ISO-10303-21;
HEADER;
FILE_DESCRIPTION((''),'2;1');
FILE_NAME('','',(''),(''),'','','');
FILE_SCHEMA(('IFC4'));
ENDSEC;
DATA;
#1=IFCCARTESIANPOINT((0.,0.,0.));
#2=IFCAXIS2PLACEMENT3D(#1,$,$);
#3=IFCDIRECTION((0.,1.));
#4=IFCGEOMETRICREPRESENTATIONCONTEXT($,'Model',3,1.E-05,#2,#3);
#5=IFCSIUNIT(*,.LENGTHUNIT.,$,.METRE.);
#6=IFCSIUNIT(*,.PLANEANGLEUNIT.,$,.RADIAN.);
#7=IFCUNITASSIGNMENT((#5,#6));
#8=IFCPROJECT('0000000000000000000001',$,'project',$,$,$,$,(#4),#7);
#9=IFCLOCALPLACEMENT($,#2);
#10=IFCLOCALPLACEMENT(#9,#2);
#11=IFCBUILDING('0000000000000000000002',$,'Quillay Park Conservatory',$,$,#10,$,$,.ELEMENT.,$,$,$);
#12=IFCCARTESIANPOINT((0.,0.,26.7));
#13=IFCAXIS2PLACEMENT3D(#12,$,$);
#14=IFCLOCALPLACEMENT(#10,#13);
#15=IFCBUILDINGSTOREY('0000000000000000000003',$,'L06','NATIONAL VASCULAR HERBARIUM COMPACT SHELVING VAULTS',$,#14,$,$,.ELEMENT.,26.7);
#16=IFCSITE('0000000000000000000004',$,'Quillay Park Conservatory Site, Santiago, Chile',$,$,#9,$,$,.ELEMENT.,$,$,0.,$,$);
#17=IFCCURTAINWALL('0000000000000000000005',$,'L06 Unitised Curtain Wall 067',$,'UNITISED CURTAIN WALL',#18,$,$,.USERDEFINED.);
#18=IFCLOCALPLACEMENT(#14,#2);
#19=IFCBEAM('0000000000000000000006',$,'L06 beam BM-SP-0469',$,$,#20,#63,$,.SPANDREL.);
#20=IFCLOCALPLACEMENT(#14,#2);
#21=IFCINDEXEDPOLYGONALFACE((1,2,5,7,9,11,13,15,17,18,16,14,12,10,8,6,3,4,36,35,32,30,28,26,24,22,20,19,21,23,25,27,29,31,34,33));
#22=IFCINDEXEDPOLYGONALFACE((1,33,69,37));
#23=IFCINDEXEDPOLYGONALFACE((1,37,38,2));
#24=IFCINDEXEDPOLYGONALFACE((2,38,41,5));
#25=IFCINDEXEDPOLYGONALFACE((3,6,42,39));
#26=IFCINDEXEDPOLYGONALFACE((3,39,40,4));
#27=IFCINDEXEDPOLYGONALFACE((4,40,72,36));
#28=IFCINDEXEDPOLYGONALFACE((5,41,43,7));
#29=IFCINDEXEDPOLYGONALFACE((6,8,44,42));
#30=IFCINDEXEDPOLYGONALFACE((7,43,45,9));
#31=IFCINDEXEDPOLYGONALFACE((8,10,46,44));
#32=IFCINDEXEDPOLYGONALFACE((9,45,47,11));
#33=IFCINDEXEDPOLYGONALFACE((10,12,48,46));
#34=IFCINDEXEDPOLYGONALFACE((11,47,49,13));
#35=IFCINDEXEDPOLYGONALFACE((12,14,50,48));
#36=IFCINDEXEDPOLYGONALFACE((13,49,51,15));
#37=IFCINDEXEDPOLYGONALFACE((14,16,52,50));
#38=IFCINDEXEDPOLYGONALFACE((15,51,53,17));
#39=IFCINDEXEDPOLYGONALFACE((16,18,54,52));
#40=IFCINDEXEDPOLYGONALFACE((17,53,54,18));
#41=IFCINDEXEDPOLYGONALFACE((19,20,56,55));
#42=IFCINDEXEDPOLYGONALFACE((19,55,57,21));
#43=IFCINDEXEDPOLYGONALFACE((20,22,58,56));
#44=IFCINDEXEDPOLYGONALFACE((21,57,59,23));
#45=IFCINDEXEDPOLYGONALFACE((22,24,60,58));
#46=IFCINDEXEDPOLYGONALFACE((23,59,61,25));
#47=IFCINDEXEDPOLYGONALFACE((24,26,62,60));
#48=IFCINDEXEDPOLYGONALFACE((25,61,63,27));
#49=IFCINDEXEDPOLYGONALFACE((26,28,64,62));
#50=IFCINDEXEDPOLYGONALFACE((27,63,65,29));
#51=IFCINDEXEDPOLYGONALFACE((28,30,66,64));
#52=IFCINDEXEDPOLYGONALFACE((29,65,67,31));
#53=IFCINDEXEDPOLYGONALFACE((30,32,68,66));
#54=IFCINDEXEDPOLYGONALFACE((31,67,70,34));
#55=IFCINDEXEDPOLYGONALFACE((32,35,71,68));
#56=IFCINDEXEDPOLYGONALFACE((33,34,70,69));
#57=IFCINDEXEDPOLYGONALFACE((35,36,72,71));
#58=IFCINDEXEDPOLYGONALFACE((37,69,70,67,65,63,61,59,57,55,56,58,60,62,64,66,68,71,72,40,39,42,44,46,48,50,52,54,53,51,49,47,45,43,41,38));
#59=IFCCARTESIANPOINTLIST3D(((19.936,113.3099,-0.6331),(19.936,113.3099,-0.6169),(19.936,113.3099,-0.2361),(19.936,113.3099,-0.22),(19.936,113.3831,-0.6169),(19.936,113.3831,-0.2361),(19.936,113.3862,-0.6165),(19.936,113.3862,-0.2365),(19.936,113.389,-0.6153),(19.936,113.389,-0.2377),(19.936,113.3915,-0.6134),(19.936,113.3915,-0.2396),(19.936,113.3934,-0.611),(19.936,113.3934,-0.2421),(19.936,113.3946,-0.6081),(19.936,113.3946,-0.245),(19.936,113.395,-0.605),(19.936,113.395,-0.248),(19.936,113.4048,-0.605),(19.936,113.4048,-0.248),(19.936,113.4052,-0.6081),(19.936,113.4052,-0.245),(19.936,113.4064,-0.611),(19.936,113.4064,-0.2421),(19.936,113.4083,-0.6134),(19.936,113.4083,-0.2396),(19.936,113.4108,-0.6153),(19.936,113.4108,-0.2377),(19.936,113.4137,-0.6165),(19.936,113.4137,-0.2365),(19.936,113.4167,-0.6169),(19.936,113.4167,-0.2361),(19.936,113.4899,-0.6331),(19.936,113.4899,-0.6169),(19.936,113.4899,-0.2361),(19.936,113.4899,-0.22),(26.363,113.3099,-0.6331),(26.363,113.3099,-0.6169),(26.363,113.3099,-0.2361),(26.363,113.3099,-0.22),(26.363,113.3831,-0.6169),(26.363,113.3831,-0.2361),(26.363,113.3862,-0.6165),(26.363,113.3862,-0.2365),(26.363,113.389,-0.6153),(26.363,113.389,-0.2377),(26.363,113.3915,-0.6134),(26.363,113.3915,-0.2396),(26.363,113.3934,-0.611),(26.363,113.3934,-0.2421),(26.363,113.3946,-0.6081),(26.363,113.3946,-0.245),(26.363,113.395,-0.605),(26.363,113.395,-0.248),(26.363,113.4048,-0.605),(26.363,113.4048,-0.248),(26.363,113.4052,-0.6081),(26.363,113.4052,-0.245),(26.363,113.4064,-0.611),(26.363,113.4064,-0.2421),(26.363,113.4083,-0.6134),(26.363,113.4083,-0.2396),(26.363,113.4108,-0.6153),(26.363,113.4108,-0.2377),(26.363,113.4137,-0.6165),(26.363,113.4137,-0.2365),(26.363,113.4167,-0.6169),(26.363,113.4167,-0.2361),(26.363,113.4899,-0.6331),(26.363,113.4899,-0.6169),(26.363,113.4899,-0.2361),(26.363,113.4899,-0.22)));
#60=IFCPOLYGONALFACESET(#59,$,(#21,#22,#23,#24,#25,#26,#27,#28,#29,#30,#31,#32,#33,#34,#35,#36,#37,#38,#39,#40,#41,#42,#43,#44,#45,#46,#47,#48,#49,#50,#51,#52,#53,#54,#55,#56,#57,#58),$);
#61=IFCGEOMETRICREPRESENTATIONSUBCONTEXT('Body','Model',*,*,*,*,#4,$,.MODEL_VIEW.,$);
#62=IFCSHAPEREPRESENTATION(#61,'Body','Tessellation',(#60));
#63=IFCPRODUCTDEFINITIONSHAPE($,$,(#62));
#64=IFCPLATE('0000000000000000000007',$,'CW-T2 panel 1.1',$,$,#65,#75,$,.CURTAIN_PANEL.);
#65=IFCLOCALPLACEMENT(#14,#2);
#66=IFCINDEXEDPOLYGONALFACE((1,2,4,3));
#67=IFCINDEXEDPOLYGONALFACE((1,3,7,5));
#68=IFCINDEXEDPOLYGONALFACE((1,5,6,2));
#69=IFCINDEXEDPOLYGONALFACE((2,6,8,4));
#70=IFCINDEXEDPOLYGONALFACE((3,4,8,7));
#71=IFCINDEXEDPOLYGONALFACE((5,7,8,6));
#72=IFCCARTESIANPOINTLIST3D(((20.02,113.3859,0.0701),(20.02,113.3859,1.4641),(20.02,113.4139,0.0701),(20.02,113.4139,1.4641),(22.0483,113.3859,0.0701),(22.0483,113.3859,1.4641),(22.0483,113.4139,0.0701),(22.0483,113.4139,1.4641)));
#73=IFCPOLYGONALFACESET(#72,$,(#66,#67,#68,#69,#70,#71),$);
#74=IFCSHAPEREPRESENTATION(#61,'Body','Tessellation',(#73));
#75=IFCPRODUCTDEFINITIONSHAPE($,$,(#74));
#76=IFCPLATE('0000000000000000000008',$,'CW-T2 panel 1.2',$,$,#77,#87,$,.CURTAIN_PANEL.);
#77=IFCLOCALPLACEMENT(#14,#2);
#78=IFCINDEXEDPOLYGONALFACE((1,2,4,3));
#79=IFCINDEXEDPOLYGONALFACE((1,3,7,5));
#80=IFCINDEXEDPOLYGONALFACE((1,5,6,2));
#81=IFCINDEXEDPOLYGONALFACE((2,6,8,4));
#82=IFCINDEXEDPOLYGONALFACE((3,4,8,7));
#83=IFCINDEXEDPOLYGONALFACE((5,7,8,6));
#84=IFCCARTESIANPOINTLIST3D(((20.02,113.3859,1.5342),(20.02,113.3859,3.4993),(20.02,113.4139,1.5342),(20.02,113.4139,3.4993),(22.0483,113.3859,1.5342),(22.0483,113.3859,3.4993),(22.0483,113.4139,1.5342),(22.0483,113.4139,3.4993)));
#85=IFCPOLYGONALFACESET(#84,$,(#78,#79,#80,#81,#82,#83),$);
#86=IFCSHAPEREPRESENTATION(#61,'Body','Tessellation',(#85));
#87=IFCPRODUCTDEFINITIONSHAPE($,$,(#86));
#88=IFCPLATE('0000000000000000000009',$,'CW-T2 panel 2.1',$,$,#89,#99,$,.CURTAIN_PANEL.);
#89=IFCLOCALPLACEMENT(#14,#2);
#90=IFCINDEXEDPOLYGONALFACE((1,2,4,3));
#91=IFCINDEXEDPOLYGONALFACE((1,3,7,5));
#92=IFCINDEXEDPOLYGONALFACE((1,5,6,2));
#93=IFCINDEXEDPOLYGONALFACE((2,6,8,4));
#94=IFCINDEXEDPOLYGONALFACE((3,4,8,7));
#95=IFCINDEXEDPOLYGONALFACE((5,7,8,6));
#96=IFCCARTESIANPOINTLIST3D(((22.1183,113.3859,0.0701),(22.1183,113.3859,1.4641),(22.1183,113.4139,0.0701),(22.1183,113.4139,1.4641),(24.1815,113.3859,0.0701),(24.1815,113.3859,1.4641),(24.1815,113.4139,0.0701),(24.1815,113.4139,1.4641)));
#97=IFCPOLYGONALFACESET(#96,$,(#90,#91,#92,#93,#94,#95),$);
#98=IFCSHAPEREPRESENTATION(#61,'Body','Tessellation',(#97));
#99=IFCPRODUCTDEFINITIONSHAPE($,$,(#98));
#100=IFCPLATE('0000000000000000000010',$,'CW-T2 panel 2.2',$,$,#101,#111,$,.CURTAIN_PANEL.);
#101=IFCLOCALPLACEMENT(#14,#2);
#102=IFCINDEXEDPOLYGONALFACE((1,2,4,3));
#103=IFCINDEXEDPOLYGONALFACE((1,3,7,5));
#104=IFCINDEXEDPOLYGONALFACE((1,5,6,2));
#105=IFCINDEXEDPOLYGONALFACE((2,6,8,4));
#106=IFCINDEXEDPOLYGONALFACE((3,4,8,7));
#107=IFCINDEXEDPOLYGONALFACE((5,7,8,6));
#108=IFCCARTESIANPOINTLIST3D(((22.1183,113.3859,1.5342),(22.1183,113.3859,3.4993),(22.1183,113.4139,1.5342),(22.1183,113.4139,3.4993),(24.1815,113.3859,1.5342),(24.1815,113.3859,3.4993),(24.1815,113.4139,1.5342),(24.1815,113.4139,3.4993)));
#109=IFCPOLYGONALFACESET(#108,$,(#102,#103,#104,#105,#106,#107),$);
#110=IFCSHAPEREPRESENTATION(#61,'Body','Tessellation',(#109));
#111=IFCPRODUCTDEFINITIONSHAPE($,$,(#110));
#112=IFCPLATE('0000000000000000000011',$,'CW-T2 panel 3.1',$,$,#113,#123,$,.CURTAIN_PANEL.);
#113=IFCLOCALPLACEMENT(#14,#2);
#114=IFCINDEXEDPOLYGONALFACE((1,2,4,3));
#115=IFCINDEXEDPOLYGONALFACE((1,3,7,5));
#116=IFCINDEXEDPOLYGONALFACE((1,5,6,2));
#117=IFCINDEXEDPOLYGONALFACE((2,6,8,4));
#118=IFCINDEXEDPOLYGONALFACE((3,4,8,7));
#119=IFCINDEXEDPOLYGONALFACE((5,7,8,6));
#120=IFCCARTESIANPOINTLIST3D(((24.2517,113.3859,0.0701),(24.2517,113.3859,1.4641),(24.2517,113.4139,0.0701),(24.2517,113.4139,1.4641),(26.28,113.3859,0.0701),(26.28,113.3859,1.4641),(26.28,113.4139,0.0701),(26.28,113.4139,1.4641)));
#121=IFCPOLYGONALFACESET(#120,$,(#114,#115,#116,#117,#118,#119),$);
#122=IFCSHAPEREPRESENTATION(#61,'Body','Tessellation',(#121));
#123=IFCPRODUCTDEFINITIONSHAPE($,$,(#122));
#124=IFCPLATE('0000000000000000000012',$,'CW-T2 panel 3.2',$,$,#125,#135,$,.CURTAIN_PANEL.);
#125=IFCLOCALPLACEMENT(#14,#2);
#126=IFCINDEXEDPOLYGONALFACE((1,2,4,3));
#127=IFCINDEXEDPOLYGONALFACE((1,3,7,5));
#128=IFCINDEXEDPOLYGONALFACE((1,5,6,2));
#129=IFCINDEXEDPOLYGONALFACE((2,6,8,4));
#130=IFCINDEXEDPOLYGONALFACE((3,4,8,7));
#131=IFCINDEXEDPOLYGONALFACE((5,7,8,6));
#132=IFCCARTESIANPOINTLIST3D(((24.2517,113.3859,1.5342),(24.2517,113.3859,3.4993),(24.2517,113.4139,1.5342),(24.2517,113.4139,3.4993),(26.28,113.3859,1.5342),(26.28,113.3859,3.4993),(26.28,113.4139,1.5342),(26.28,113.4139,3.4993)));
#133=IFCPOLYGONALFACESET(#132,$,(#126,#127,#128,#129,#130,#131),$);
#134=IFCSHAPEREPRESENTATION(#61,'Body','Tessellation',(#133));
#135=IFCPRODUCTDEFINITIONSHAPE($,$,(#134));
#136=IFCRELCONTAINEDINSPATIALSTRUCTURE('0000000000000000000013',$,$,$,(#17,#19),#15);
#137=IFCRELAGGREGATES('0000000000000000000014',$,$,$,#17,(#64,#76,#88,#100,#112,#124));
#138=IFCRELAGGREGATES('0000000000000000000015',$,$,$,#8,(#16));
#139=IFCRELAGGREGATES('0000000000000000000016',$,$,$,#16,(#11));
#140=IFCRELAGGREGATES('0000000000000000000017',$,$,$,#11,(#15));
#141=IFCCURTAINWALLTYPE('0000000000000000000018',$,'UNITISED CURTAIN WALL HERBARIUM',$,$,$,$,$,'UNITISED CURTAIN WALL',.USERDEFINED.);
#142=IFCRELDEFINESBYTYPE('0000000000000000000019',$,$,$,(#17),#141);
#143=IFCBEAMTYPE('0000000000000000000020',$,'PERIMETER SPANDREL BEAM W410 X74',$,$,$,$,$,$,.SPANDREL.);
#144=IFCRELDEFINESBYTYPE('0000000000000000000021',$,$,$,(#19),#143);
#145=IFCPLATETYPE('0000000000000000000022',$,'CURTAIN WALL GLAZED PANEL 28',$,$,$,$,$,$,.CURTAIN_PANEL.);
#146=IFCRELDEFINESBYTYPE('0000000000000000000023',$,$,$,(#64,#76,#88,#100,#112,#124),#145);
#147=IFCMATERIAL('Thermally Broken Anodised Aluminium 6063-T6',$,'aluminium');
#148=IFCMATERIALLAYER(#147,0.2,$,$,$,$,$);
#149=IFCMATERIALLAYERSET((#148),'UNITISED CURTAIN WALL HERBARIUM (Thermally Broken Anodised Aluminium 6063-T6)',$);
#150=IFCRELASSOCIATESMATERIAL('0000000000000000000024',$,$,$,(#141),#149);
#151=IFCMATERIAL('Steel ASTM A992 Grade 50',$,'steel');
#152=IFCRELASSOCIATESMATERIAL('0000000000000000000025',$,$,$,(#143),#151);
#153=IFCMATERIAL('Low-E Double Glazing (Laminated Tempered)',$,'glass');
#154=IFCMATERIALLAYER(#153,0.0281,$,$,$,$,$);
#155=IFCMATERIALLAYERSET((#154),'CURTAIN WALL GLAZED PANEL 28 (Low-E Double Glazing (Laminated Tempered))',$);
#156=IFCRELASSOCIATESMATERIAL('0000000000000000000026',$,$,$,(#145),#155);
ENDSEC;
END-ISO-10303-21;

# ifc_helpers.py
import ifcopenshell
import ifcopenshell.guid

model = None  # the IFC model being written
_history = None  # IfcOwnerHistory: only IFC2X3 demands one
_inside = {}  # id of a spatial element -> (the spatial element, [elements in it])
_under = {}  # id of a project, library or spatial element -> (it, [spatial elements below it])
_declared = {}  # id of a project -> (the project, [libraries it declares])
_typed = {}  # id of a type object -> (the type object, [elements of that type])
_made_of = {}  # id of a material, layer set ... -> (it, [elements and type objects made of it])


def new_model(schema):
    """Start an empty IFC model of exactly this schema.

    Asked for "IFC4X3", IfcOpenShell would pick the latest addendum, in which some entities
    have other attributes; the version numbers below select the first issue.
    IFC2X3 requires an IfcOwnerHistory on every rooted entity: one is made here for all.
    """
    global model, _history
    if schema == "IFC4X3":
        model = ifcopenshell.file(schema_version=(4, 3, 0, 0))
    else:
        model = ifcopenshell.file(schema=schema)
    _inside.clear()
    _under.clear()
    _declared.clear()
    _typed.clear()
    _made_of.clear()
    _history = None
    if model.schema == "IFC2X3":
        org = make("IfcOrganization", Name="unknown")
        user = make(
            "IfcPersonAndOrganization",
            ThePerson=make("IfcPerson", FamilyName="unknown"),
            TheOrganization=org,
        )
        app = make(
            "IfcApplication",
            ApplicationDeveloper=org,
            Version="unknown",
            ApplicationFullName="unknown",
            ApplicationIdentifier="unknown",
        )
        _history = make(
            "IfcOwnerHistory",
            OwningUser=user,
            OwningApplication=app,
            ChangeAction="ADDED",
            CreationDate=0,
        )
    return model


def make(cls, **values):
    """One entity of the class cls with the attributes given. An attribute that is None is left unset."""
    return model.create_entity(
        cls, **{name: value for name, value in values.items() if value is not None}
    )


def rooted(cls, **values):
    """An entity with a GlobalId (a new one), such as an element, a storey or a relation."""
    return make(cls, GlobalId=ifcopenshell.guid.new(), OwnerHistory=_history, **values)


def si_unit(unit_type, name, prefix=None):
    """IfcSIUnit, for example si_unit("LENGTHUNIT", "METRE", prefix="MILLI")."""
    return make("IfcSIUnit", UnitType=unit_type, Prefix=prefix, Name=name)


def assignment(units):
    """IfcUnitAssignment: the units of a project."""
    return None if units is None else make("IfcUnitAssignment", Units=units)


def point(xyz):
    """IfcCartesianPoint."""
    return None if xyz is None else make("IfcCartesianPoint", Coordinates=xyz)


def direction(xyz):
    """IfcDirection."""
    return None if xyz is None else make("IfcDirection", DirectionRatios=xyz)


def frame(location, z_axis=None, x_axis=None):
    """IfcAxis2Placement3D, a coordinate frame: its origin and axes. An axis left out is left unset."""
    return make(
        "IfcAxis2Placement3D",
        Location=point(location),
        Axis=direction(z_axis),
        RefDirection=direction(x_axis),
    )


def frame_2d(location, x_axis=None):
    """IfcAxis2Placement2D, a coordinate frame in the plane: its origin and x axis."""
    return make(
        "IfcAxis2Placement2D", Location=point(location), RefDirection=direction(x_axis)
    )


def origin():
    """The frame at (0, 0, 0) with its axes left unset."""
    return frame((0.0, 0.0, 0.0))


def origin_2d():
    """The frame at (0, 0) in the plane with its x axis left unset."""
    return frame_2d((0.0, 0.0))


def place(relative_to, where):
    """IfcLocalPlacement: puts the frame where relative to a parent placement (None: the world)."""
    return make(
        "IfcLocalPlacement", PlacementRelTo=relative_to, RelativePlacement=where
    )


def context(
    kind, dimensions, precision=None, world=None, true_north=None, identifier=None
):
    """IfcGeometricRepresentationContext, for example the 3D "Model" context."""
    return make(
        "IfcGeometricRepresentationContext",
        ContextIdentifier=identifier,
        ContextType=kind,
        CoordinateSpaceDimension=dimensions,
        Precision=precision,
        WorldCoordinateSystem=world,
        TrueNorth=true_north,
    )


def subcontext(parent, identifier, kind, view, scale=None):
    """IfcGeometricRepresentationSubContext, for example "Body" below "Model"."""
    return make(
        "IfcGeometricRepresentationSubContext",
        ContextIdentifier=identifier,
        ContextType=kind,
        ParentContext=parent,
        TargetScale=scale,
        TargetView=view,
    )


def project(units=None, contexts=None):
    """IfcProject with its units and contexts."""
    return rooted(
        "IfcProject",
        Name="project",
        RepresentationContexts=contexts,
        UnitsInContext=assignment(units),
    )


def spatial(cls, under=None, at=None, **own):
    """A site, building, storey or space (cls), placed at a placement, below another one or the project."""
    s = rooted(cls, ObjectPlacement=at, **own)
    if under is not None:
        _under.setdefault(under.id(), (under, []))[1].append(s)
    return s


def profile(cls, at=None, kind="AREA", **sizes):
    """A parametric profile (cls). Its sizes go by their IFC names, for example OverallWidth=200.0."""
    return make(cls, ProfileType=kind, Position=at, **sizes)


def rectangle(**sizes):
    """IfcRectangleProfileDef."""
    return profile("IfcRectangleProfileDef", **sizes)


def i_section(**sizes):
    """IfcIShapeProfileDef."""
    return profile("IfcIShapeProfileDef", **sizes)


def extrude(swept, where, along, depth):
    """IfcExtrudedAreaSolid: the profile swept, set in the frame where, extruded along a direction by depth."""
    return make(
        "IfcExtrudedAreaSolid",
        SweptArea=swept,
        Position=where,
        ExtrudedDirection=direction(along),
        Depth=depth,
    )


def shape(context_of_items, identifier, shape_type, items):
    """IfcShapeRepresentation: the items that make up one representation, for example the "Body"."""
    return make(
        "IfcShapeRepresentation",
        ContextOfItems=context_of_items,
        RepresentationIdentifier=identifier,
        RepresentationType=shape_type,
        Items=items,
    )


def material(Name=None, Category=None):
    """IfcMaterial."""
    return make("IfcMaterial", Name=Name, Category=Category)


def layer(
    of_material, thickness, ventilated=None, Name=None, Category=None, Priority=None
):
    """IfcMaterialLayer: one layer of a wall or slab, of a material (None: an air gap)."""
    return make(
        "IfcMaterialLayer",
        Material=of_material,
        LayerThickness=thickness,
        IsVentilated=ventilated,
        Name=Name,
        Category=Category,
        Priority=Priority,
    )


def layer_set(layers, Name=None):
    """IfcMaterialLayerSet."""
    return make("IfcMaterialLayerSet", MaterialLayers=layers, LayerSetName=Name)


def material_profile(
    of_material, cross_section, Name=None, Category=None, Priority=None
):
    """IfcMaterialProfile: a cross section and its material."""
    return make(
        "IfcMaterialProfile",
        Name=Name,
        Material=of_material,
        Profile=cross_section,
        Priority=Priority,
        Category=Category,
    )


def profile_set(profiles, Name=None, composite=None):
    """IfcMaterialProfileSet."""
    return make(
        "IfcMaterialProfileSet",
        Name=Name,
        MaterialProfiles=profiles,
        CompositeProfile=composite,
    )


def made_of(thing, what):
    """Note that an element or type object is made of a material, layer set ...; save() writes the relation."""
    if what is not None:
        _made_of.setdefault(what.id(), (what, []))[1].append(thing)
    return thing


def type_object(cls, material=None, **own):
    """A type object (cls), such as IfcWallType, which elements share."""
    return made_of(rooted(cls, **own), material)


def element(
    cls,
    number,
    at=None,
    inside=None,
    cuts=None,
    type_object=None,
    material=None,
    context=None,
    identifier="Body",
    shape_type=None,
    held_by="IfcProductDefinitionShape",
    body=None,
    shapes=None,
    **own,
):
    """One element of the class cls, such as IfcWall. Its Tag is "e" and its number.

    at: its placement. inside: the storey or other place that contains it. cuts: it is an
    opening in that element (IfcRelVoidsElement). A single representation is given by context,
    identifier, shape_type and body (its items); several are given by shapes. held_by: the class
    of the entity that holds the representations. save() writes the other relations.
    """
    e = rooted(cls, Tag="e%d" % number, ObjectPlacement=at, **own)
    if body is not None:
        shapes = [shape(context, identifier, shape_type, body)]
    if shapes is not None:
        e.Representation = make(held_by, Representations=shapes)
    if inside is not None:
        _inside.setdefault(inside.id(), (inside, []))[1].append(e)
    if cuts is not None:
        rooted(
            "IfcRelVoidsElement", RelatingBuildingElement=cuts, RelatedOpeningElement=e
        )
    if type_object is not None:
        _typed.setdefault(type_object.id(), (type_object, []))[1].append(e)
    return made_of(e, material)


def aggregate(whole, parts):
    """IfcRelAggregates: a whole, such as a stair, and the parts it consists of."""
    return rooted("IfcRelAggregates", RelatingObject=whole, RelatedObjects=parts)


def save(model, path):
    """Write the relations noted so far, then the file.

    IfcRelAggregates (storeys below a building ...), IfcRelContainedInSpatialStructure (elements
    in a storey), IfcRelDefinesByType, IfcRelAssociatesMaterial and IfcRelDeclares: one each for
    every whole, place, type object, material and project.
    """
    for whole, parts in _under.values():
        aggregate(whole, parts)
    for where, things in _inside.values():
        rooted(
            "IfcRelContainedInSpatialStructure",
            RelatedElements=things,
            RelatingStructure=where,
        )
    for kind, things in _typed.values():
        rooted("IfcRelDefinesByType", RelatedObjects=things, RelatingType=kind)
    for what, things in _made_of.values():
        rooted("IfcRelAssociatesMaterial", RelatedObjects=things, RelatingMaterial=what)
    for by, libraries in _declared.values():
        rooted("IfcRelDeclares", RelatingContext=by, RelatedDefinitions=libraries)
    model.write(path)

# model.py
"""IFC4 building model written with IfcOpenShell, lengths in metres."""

from ifc_helpers import new_model, si_unit, direction, frame, origin, origin_2d, place, context, subcontext, project, spatial, rectangle, i_section, extrude, material, layer, layer_set, material_profile, profile_set, type_object, element, aggregate, save


model = new_model("IFC4")

# Units and contexts
model_context = context("Model", 3, precision=1e-05, world=origin(), true_north=direction((0.0, 1.0)))
body_context = subcontext(model_context, "Body", "Model", "MODEL_VIEW")
ifc_project = project(units=[si_unit("LENGTHUNIT", "METRE"), si_unit("PLANEANGLEUNIT", "RADIAN")], contexts=[model_context])

# Site, building, storey
site_placement = place(None, origin())
site = spatial("IfcSite", under=ifc_project, at=site_placement, Name="Quillay Park Conservatory Site, Santiago, Chile", CompositionType="ELEMENT", RefElevation=0.0)
building_placement = place(site_placement, origin())
building = spatial("IfcBuilding", under=site, at=building_placement, Name="Quillay Park Conservatory", CompositionType="ELEMENT")
storey_placement = place(building_placement, frame((0.0, 0.0, 26.7)))
storey = spatial("IfcBuildingStorey", under=building, at=storey_placement, Name="L06", Description="NATIONAL VASCULAR HERBARIUM COMPACT SHELVING VAULTS", CompositionType="ELEMENT", Elevation=26.7)

# Shared definitions
ifc_material_1 = material(Name="Thermally Broken Anodised Aluminium 6063-T6", Category="aluminium")
ifc_layer_1 = layer(ifc_material_1, 0.2)
ifc_layer_set_1 = layer_set([ifc_layer_1], Name="UNITISED CURTAIN WALL HERBARIUM (Thermally Broken Anodised Aluminium 6063-T6)")
curtain_wall_type = type_object("IfcCurtainWallType", Name="UNITISED CURTAIN WALL HERBARIUM", ElementType="UNITISED CURTAIN WALL", PredefinedType="USERDEFINED", material=ifc_layer_set_1)

# Curtain wall
curtain_wall_1_placement = place(storey_placement, origin())
curtain_wall_1 = element("IfcCurtainWall", 1, at=curtain_wall_1_placement, inside=storey, type_object=curtain_wall_type, Name="L06 Unitised Curtain Wall 067", ObjectType="UNITISED CURTAIN WALL", PredefinedType="USERDEFINED")

# Beam
ifc_material_2 = material(Name="Steel ASTM A992 Grade 50", Category="steel")
ifc_material_profile_1 = material_profile(ifc_material_2, i_section(OverallWidth=0.1799, OverallDepth=0.4131, WebThickness=0.0098, FlangeThickness=0.0161, FilletRadius=0.012, at=origin_2d()), Name="W410x74")
ifc_profile_set_1 = profile_set([ifc_material_profile_1], Name="Steel ASTM A992 Grade 50")
beam_type = type_object("IfcBeamType", Name="PERIMETER SPANDREL BEAM W410 X74", PredefinedType="SPANDREL", material=ifc_profile_set_1)
beam_placement = place(storey_placement, frame((19.936, 113.3999, -0.4265), z_axis=(1.0, 0.0, 0.0), x_axis=(0.0, 1.0, 0.0)))
element("IfcBeam", 2, at=beam_placement, inside=storey, type_object=beam_type, Name="L06 beam BM-SP-0469", PredefinedType="SPANDREL", context=body_context, shape_type="SweptSolid", body=[
    extrude(i_section(OverallWidth=0.1799, OverallDepth=0.4131, WebThickness=0.0098, FlangeThickness=0.0161, FilletRadius=0.012, at=origin_2d()), origin(), (0.0, 0.0, 1.0), 6.427),
])

# Plates
ifc_material_3 = material(Name="Low-E Double Glazing (Laminated Tempered)", Category="glass")
ifc_layer_2 = layer(ifc_material_3, 0.0281)
ifc_layer_set_2 = layer_set([ifc_layer_2], Name="CURTAIN WALL GLAZED PANEL 28 (Low-E Double Glazing (Laminated Tempered))")
plate_type = type_object("IfcPlateType", Name="CURTAIN WALL GLAZED PANEL 28", PredefinedType="CURTAIN_PANEL", material=ifc_layer_set_2)
plate_1_placement = place(storey_placement, frame((21.0342, 113.3999, 0.0701), z_axis=(0.0, 0.0, 1.0), x_axis=(1.0, 0.0, 0.0)))
plate_1 = element("IfcPlate", 3, at=plate_1_placement, type_object=plate_type, Name="CW-T2 panel 1.1", PredefinedType="CURTAIN_PANEL", context=body_context, shape_type="SweptSolid", body=[
    extrude(rectangle(XDim=2.0283, YDim=0.0281, at=origin_2d()), origin(), (0.0, 0.0, 1.0), 1.394),
])
plate_2_placement = place(storey_placement, frame((21.0342, 113.3999, 1.5342), z_axis=(0.0, 0.0, 1.0), x_axis=(1.0, 0.0, 0.0)))
plate_2 = element("IfcPlate", 4, at=plate_2_placement, type_object=plate_type, Name="CW-T2 panel 1.2", PredefinedType="CURTAIN_PANEL", context=body_context, shape_type="SweptSolid", body=[
    extrude(rectangle(XDim=2.0283, YDim=0.0281, at=origin_2d()), origin(), (0.0, 0.0, 1.0), 1.9651),
])
plate_3_placement = place(storey_placement, frame((23.1499, 113.3999, 0.0701), z_axis=(0.0, 0.0, 1.0), x_axis=(1.0, 0.0, 0.0)))
plate_3 = element("IfcPlate", 5, at=plate_3_placement, type_object=plate_type, Name="CW-T2 panel 2.1", PredefinedType="CURTAIN_PANEL", context=body_context, shape_type="SweptSolid", body=[
    extrude(rectangle(XDim=2.0632, YDim=0.0281, at=origin_2d()), origin(), (0.0, 0.0, 1.0), 1.394),
])
plate_4_placement = place(storey_placement, frame((23.1499, 113.3999, 1.5342), z_axis=(0.0, 0.0, 1.0), x_axis=(1.0, 0.0, 0.0)))
plate_4 = element("IfcPlate", 6, at=plate_4_placement, type_object=plate_type, Name="CW-T2 panel 2.2", PredefinedType="CURTAIN_PANEL", context=body_context, shape_type="SweptSolid", body=[
    extrude(rectangle(XDim=2.0632, YDim=0.0281, at=origin_2d()), origin(), (0.0, 0.0, 1.0), 1.9651),
])
plate_5_placement = place(storey_placement, frame((25.2659, 113.3999, 0.0701), z_axis=(0.0, 0.0, 1.0), x_axis=(1.0, 0.0, 0.0)))
plate_5 = element("IfcPlate", 7, at=plate_5_placement, type_object=plate_type, Name="CW-T2 panel 3.1", PredefinedType="CURTAIN_PANEL", context=body_context, shape_type="SweptSolid", body=[
    extrude(rectangle(XDim=2.0283, YDim=0.0281, at=origin_2d()), origin(), (0.0, 0.0, 1.0), 1.394),
])
plate_6_placement = place(storey_placement, frame((25.2659, 113.3999, 1.5342), z_axis=(0.0, 0.0, 1.0), x_axis=(1.0, 0.0, 0.0)))
plate_6 = element("IfcPlate", 8, at=plate_6_placement, type_object=plate_type, Name="CW-T2 panel 3.2", PredefinedType="CURTAIN_PANEL", context=body_context, shape_type="SweptSolid", body=[
    extrude(rectangle(XDim=2.0283, YDim=0.0281, at=origin_2d()), origin(), (0.0, 0.0, 1.0), 1.9651),
])
aggregate(curtain_wall_1, [plate_1, plate_2, plate_3, plate_4, plate_5, plate_6])

save(model, "model.ifc")
